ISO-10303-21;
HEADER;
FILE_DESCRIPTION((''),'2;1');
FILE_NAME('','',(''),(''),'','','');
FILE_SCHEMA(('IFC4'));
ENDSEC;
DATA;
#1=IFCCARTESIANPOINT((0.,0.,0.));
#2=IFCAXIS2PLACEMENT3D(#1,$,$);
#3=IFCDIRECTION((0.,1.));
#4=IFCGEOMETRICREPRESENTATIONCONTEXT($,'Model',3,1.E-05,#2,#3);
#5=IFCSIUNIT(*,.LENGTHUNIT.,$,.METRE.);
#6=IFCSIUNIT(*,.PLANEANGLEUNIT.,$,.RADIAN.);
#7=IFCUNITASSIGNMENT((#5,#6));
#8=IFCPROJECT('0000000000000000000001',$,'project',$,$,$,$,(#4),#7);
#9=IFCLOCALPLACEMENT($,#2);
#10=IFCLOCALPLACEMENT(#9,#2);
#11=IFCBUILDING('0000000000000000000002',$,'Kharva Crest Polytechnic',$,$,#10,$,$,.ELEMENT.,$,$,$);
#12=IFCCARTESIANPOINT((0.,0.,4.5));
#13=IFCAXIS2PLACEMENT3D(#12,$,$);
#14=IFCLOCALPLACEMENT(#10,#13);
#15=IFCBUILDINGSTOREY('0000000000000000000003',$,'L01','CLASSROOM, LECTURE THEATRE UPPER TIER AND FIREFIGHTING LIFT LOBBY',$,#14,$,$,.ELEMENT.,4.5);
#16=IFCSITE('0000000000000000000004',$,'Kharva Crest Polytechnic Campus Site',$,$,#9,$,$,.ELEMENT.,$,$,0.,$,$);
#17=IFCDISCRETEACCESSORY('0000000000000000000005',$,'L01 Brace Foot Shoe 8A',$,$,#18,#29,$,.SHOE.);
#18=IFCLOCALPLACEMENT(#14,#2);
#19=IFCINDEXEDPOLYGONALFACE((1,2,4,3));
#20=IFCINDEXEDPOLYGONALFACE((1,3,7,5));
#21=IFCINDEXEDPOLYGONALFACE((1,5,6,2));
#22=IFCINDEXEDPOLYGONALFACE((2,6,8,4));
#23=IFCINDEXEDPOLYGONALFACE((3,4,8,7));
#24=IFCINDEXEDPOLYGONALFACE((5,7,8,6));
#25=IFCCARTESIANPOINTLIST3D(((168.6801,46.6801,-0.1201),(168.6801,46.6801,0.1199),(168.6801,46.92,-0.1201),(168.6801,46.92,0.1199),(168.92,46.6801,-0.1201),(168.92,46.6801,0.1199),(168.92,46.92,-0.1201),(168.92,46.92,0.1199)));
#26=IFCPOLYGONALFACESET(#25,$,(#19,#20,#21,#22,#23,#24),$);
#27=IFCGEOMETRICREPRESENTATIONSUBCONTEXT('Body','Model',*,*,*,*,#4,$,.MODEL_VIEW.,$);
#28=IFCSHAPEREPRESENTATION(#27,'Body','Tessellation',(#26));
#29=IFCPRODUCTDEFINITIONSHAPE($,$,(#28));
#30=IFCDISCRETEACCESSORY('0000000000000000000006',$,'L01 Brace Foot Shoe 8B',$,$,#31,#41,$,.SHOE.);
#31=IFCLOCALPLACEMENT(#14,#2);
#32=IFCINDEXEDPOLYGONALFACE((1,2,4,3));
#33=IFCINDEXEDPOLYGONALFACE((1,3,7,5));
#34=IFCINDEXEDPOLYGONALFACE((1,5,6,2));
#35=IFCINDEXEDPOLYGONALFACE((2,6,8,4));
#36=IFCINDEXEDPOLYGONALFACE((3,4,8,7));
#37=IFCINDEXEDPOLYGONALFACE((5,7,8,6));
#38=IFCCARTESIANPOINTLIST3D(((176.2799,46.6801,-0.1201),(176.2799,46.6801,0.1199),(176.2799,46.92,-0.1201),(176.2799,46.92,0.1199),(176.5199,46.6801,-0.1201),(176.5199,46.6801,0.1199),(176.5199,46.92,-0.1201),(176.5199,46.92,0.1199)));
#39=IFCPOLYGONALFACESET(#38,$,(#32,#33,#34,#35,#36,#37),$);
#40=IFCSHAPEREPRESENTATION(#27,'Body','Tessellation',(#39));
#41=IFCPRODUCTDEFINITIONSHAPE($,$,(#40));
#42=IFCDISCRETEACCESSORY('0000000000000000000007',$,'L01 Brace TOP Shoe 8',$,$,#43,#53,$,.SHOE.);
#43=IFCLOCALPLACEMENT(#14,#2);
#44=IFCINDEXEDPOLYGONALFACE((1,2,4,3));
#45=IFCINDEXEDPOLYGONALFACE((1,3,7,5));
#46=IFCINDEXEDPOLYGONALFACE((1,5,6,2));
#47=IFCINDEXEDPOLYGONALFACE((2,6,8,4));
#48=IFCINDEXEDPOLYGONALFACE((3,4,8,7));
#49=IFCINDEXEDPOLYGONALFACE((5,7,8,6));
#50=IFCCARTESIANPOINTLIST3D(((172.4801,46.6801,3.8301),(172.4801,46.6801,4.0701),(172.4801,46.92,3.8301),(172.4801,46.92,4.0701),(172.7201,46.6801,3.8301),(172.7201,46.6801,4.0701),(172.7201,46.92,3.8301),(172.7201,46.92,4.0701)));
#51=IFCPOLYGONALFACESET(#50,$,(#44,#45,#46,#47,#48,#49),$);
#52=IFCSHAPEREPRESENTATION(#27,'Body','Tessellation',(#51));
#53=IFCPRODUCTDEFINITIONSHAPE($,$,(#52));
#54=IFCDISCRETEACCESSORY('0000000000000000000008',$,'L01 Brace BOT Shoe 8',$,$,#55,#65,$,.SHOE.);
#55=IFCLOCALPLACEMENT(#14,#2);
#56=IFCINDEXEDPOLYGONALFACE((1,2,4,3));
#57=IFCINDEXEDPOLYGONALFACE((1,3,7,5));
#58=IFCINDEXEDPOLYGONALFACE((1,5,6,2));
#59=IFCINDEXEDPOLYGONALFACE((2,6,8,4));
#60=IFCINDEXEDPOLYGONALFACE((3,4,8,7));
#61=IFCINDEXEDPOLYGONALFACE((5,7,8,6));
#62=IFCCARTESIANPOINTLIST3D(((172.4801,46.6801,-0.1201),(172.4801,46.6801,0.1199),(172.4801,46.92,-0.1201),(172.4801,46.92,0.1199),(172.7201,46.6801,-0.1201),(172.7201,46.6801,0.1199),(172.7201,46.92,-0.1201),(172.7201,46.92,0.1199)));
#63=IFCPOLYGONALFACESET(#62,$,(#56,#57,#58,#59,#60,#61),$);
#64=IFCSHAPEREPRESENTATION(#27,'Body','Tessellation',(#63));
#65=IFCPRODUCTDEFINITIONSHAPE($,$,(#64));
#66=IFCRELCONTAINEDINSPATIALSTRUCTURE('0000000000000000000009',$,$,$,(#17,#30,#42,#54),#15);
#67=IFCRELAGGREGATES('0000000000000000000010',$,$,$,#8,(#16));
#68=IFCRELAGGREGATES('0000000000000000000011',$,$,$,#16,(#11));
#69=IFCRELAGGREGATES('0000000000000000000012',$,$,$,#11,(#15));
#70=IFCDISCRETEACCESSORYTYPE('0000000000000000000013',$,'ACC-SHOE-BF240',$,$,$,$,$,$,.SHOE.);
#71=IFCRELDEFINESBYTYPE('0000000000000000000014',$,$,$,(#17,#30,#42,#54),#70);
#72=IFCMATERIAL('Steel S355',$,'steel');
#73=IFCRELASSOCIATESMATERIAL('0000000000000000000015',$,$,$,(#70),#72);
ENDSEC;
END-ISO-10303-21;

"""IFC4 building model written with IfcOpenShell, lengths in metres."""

from ifc_helpers import new_model, si_unit, direction, frame, origin, origin_2d, place, context, subcontext, project, spatial, rectangle, extrude, material, type_object, element, save


model = new_model("IFC4")

# Units and contexts
model_context = context("Model", 3, precision=1e-05, world=origin(), true_north=direction((0.0, 1.0)))
body_context = subcontext(model_context, "Body", "Model", "MODEL_VIEW")
ifc_project = project(units=[si_unit("LENGTHUNIT", "METRE"), si_unit("PLANEANGLEUNIT", "RADIAN")], contexts=[model_context])

# Site, building, storey
site_placement = place(None, origin())
site = spatial("IfcSite", under=ifc_project, at=site_placement, Name="Kharva Crest Polytechnic Campus Site", CompositionType="ELEMENT", RefElevation=0.0)
building_placement = place(site_placement, origin())
building = spatial("IfcBuilding", under=site, at=building_placement, Name="Kharva Crest Polytechnic", CompositionType="ELEMENT")
storey_placement = place(building_placement, frame((0.0, 0.0, 4.5)))
storey = spatial("IfcBuildingStorey", under=building, at=storey_placement, Name="L01", Description="CLASSROOM, LECTURE THEATRE UPPER TIER AND FIREFIGHTING LIFT LOBBY", CompositionType="ELEMENT", Elevation=4.5)

# Shared definitions
ifc_material_1 = material(Name="Steel S355", Category="steel")

# Discrete accessories
discrete_accessory_type = type_object("IfcDiscreteAccessoryType", Name="ACC-SHOE-BF240", PredefinedType="SHOE", material=ifc_material_1)
for number, where, z_axis, x_axis, name in (
    (1, (168.8, 46.8, -0.1201), (0.0, 0.0, 1.0), (1.0, 0.0, 0.0), "L01 Brace Foot Shoe 8A"),
    (2, (176.3999, 46.8, -0.1201), (0.0, 0.0, 1.0), (1.0, 0.0, 0.0), "L01 Brace Foot Shoe 8B"),
    (3, (172.6001, 46.8, 3.8301), (0.0, 0.0, 1.0), (1.0, 0.0, 0.0), "L01 Brace TOP Shoe 8"),
    (4, (172.6001, 46.8, -0.1201), (0.0, 0.0, 1.0), (1.0, 0.0, 0.0), "L01 Brace BOT Shoe 8"),
):
    element("IfcDiscreteAccessory", number, at=place(storey_placement, frame(where, z_axis=z_axis, x_axis=x_axis)), inside=storey, type_object=discrete_accessory_type, Name=name, PredefinedType="SHOE", context=body_context, shape_type="SweptSolid", body=[
        extrude(rectangle(XDim=0.24, YDim=0.24, at=origin_2d()), origin(), (0.0, 0.0, 1.0), 0.24),
    ])

save(model, "model.ifc")
